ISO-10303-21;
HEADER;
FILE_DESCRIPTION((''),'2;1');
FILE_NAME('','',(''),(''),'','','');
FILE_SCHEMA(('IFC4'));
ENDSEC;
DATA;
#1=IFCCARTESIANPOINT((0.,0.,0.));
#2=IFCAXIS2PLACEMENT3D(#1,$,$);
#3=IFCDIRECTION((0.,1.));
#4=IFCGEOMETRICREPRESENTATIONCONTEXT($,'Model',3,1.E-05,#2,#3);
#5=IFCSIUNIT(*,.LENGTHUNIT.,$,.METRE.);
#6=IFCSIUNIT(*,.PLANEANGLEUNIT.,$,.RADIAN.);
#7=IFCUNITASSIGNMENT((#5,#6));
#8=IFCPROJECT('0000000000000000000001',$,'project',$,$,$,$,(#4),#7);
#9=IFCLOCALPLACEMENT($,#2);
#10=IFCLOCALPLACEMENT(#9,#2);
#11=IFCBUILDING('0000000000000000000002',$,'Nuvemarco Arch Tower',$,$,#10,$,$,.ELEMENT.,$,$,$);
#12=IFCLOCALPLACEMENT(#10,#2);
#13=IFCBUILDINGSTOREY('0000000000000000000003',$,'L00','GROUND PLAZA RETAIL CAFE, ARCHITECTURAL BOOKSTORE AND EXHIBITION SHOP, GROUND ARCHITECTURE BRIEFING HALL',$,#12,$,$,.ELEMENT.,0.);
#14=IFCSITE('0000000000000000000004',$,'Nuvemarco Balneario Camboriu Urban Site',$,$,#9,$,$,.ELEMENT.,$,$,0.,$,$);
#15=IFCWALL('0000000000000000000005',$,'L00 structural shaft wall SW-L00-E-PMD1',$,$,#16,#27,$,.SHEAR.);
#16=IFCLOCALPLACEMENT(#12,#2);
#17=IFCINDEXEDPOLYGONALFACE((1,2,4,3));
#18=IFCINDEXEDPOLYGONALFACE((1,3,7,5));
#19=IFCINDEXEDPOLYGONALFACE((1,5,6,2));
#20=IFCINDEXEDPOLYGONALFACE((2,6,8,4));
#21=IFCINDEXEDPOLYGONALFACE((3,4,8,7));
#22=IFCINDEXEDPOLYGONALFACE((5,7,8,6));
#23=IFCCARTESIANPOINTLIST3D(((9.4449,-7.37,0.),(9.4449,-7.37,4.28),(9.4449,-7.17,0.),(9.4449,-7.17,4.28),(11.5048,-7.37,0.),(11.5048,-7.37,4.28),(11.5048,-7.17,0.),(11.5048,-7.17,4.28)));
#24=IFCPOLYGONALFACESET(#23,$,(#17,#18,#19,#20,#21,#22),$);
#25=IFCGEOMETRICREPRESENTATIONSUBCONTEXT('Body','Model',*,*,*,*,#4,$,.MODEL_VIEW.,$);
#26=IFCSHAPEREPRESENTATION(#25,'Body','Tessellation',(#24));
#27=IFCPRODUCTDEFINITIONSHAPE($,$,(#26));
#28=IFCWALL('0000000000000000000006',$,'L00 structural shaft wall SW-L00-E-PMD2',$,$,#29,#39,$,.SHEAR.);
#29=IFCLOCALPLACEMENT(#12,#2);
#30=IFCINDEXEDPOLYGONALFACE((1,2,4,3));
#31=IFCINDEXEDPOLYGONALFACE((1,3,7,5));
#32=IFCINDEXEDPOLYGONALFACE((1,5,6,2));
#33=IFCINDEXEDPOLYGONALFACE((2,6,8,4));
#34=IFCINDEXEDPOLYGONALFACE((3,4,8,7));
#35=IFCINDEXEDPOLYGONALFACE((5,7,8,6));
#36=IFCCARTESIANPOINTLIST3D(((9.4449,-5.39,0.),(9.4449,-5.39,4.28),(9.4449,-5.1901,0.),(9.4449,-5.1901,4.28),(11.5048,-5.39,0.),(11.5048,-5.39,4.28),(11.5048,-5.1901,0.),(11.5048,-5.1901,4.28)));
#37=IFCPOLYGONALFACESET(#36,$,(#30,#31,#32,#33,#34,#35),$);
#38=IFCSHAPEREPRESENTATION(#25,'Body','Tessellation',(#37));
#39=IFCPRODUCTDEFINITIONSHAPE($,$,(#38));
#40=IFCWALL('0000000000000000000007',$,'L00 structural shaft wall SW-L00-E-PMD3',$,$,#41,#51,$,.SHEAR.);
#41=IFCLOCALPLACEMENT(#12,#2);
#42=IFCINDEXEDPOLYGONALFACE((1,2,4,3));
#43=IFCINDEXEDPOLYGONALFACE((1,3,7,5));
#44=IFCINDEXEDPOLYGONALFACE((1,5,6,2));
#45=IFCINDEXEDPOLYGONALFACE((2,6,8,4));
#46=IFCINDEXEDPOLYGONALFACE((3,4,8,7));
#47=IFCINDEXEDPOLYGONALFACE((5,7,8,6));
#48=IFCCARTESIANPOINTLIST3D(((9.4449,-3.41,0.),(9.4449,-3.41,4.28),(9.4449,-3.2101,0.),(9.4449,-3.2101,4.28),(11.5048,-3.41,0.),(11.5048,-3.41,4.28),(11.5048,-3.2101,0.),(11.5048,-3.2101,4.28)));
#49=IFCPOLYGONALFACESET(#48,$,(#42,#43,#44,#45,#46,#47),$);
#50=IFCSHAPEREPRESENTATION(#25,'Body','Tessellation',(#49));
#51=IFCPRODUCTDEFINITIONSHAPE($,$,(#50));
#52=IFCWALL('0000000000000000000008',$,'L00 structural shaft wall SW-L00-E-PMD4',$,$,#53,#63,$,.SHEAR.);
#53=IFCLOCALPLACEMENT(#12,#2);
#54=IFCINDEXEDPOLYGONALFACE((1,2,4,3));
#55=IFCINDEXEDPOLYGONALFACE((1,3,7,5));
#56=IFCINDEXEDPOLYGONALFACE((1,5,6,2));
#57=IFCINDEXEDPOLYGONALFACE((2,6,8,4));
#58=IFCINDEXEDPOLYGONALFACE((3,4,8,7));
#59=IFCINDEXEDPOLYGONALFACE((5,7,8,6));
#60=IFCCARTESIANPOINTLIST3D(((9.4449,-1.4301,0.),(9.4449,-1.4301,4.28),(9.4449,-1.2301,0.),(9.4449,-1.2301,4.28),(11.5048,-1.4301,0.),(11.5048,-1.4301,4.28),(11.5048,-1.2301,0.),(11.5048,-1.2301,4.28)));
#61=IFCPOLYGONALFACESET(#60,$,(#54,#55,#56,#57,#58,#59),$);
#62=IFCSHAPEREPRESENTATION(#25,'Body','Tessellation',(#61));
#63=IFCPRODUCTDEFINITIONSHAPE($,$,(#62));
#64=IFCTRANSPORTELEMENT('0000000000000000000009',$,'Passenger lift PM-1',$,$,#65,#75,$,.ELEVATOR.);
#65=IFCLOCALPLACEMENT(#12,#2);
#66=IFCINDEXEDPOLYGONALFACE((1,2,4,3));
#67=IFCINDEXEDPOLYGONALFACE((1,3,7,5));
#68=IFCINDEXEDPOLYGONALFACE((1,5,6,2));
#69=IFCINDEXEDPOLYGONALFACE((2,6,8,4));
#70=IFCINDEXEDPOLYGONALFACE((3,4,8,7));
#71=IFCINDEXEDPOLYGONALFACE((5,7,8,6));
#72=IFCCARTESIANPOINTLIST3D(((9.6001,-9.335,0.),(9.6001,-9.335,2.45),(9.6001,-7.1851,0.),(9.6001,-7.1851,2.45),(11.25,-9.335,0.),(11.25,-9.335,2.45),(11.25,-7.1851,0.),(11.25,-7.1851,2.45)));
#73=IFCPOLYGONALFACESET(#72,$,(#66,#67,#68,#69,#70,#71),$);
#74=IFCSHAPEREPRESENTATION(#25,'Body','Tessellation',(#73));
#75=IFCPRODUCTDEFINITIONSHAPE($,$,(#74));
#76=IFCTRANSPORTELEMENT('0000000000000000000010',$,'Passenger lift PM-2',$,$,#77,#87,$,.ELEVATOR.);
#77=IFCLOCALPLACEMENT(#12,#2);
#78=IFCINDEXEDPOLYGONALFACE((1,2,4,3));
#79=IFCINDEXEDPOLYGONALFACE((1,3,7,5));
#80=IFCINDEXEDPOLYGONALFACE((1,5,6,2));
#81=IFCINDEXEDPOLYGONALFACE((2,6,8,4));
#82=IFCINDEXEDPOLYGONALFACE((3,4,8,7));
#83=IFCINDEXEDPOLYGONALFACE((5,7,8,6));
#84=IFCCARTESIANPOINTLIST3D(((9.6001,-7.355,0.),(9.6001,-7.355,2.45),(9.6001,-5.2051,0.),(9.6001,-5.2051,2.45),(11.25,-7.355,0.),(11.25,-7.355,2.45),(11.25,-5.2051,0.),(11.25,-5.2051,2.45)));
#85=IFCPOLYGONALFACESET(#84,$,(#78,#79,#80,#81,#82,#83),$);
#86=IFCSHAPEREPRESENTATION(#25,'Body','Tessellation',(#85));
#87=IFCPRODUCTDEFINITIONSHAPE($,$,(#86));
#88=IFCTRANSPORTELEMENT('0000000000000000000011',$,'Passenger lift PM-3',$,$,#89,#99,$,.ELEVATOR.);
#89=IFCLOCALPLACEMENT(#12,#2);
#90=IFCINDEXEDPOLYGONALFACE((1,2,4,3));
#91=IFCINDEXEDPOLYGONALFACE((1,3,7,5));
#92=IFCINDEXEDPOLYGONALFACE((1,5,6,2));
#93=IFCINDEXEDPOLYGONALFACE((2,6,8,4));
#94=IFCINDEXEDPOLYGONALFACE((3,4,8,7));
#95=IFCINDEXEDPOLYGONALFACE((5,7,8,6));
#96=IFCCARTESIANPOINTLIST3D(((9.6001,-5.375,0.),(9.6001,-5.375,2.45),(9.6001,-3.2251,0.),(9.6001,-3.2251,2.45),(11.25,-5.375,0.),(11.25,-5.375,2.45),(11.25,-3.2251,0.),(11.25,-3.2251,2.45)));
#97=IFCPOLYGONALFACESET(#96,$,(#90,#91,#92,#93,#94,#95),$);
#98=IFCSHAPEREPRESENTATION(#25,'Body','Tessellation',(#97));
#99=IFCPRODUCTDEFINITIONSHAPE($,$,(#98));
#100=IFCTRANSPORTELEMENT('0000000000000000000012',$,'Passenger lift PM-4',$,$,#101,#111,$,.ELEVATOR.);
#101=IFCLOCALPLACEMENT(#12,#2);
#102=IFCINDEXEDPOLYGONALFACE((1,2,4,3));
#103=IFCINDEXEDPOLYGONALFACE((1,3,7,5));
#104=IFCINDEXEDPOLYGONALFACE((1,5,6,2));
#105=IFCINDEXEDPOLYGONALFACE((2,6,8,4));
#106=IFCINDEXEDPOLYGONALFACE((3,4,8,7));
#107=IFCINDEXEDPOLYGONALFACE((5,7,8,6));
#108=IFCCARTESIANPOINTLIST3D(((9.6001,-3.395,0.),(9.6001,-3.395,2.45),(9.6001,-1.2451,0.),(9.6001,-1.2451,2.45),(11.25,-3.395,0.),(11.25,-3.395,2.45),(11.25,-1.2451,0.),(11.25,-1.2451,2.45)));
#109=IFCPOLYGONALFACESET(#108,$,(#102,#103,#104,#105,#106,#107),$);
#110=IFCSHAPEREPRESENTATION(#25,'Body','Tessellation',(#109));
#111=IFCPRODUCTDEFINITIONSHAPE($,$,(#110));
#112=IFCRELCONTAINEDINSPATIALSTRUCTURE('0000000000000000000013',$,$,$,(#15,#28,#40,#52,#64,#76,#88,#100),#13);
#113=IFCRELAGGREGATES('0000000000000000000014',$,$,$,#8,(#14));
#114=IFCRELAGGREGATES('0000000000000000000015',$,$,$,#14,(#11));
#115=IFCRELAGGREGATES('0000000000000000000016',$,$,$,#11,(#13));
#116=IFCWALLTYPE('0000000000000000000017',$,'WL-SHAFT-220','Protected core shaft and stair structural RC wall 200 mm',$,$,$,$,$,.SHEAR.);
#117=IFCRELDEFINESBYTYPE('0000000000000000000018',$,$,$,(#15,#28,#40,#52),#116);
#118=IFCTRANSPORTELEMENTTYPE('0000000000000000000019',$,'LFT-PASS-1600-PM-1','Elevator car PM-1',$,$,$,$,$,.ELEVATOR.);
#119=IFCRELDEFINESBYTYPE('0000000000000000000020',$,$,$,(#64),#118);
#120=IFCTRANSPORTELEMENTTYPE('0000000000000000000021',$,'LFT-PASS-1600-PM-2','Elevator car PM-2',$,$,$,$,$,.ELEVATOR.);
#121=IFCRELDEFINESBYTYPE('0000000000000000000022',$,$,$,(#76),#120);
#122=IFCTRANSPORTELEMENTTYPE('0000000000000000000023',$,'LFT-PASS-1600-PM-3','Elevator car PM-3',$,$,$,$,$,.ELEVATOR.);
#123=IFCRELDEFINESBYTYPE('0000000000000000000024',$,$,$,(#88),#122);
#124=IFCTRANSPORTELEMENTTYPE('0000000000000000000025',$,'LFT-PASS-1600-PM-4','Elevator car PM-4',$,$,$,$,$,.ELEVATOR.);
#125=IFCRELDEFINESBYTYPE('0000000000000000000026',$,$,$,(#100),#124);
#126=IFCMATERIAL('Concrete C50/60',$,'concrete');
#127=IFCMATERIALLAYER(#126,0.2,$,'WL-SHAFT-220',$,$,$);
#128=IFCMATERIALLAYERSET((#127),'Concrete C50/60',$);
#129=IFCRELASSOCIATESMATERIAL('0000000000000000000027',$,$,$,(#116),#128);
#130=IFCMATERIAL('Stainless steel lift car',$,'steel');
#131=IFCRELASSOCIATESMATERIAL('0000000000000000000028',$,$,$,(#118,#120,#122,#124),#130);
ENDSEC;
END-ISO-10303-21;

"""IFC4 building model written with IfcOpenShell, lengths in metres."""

from ifc_helpers import new_model, si_unit, direction, frame, frame_2d, origin, origin_2d, place, context, subcontext, project, spatial, rectangle, extrude, source, transform, mapped, material, layer, layer_set, type_object, type_shapes, element, save


model = new_model("IFC4")

# Units and contexts
model_context = context("Model", 3, precision=1e-05, world=origin(), true_north=direction((0.0, 1.0)))
body_context = subcontext(model_context, "Body", "Model", "MODEL_VIEW")
ifc_project = project(units=[si_unit("LENGTHUNIT", "METRE"), si_unit("PLANEANGLEUNIT", "RADIAN")], contexts=[model_context])

# Site, building, storey
site_placement = place(None, origin())
site = spatial("IfcSite", under=ifc_project, at=site_placement, Name="Nuvemarco Balneario Camboriu Urban Site", CompositionType="ELEMENT", RefElevation=0.0)
building_placement = place(site_placement, origin())
building = spatial("IfcBuilding", under=site, at=building_placement, Name="Nuvemarco Arch Tower", CompositionType="ELEMENT")
storey_placement = place(building_placement, origin())
storey = spatial("IfcBuildingStorey", under=building, at=storey_placement, Name="L00", Description="GROUND PLAZA RETAIL CAFE, ARCHITECTURAL BOOKSTORE AND EXHIBITION SHOP, GROUND ARCHITECTURE BRIEFING HALL", CompositionType="ELEMENT", Elevation=0.0)

# Shared definitions
ifc_material_1 = material(Name="Concrete C50/60", Category="concrete")
ifc_layer_1 = layer(ifc_material_1, 0.2, Name="WL-SHAFT-220")
ifc_layer_set_1 = layer_set([ifc_layer_1], Name="Concrete C50/60")
wall_type_1 = type_object("IfcWallType", Name="WL-SHAFT-220", Description="Protected core shaft and stair structural RC wall 200 mm", PredefinedType="SHEAR", material=ifc_layer_set_1)

# Walls
for number, where, z_axis, x_axis, name in (
    (1, (9.4451, -7.27, 0.0), (0.0, 0.0, 1.0), (1.0, 0.0, 0.0), "L00 structural shaft wall SW-L00-E-PMD1"),
    (2, (9.4451, -5.29, 0.0), (0.0, 0.0, 1.0), (1.0, 0.0, 0.0), "L00 structural shaft wall SW-L00-E-PMD2"),
    (3, (9.4451, -3.3101, 0.0), (0.0, 0.0, 1.0), (1.0, 0.0, 0.0), "L00 structural shaft wall SW-L00-E-PMD3"),
    (4, (9.4451, -1.3301, 0.0), (0.0, 0.0, 1.0), (1.0, 0.0, 0.0), "L00 structural shaft wall SW-L00-E-PMD4"),
):
    element("IfcWall", number, at=place(storey_placement, frame(where, z_axis=z_axis, x_axis=x_axis)), inside=storey, type_object=wall_type_1, Name=name, PredefinedType="SHEAR", context=body_context, shape_type="SweptSolid", body=[
        extrude(rectangle(XDim=2.0598, YDim=0.2, at=frame_2d((1.0298, 0.0))), origin(), (0.0, 0.0, 1.0), 4.28),
    ])

# Transport elements
ifc_material_2 = material(Name="Stainless steel lift car", Category="steel")
transport_element_type_1 = type_object("IfcTransportElementType", Name="LFT-PASS-1600-PM-1", Description="Elevator car PM-1", PredefinedType="ELEVATOR", material=ifc_material_2)
shared_shape_1 = source(origin(), body_context, "Body", "SweptSolid", [
    extrude(rectangle(XDim=1.6499, YDim=2.1499, at=origin_2d()), origin(), (0.0, 0.0, 1.0), 2.45),
])
type_shapes(transport_element_type_1, [shared_shape_1])
transport_element_1_placement = place(storey_placement, frame((10.425, -8.26, 0.0), z_axis=(0.0, 0.0, 1.0), x_axis=(1.0, 0.0, 0.0)))
element("IfcTransportElement", 5, at=transport_element_1_placement, inside=storey, type_object=transport_element_type_1, Name="Passenger lift PM-1", PredefinedType="ELEVATOR", context=body_context, shape_type="MappedRepresentation", body=[
    mapped(shared_shape_1, transform((0.0, 0.0, 0.0), scale=1.0)),
])
transport_element_type_2 = type_object("IfcTransportElementType", Name="LFT-PASS-1600-PM-2", Description="Elevator car PM-2", PredefinedType="ELEVATOR", material=ifc_material_2)
shared_shape_2 = source(origin(), body_context, "Body", "SweptSolid", [
    extrude(rectangle(XDim=1.6499, YDim=2.1499, at=origin_2d()), origin(), (0.0, 0.0, 1.0), 2.45),
])
type_shapes(transport_element_type_2, [shared_shape_2])
transport_element_2_placement = place(storey_placement, frame((10.425, -6.28, 0.0), z_axis=(0.0, 0.0, 1.0), x_axis=(1.0, 0.0, 0.0)))
element("IfcTransportElement", 6, at=transport_element_2_placement, inside=storey, type_object=transport_element_type_2, Name="Passenger lift PM-2", PredefinedType="ELEVATOR", context=body_context, shape_type="MappedRepresentation", body=[
    mapped(shared_shape_2, transform((0.0, 0.0, 0.0), scale=1.0)),
])
transport_element_type_3 = type_object("IfcTransportElementType", Name="LFT-PASS-1600-PM-3", Description="Elevator car PM-3", PredefinedType="ELEVATOR", material=ifc_material_2)
shared_shape_3 = source(origin(), body_context, "Body", "SweptSolid", [
    extrude(rectangle(XDim=1.6499, YDim=2.1499, at=origin_2d()), origin(), (0.0, 0.0, 1.0), 2.45),
])
type_shapes(transport_element_type_3, [shared_shape_3])
transport_element_3_placement = place(storey_placement, frame((10.425, -4.3, 0.0), z_axis=(0.0, 0.0, 1.0), x_axis=(1.0, 0.0, 0.0)))
element("IfcTransportElement", 7, at=transport_element_3_placement, inside=storey, type_object=transport_element_type_3, Name="Passenger lift PM-3", PredefinedType="ELEVATOR", context=body_context, shape_type="MappedRepresentation", body=[
    mapped(shared_shape_3, transform((0.0, 0.0, 0.0), scale=1.0)),
])
transport_element_type_4 = type_object("IfcTransportElementType", Name="LFT-PASS-1600-PM-4", Description="Elevator car PM-4", PredefinedType="ELEVATOR", material=ifc_material_2)
shared_shape_4 = source(origin(), body_context, "Body", "SweptSolid", [
    extrude(rectangle(XDim=1.6499, YDim=2.1499, at=origin_2d()), origin(), (0.0, 0.0, 1.0), 2.45),
])
type_shapes(transport_element_type_4, [shared_shape_4])
transport_element_4_placement = place(storey_placement, frame((10.425, -2.3201, 0.0), z_axis=(0.0, 0.0, 1.0), x_axis=(1.0, 0.0, 0.0)))
element("IfcTransportElement", 8, at=transport_element_4_placement, inside=storey, type_object=transport_element_type_4, Name="Passenger lift PM-4", PredefinedType="ELEVATOR", context=body_context, shape_type="MappedRepresentation", body=[
    mapped(shared_shape_4, transform((0.0, 0.0, 0.0), scale=1.0)),
])

save(model, "model.ifc")
